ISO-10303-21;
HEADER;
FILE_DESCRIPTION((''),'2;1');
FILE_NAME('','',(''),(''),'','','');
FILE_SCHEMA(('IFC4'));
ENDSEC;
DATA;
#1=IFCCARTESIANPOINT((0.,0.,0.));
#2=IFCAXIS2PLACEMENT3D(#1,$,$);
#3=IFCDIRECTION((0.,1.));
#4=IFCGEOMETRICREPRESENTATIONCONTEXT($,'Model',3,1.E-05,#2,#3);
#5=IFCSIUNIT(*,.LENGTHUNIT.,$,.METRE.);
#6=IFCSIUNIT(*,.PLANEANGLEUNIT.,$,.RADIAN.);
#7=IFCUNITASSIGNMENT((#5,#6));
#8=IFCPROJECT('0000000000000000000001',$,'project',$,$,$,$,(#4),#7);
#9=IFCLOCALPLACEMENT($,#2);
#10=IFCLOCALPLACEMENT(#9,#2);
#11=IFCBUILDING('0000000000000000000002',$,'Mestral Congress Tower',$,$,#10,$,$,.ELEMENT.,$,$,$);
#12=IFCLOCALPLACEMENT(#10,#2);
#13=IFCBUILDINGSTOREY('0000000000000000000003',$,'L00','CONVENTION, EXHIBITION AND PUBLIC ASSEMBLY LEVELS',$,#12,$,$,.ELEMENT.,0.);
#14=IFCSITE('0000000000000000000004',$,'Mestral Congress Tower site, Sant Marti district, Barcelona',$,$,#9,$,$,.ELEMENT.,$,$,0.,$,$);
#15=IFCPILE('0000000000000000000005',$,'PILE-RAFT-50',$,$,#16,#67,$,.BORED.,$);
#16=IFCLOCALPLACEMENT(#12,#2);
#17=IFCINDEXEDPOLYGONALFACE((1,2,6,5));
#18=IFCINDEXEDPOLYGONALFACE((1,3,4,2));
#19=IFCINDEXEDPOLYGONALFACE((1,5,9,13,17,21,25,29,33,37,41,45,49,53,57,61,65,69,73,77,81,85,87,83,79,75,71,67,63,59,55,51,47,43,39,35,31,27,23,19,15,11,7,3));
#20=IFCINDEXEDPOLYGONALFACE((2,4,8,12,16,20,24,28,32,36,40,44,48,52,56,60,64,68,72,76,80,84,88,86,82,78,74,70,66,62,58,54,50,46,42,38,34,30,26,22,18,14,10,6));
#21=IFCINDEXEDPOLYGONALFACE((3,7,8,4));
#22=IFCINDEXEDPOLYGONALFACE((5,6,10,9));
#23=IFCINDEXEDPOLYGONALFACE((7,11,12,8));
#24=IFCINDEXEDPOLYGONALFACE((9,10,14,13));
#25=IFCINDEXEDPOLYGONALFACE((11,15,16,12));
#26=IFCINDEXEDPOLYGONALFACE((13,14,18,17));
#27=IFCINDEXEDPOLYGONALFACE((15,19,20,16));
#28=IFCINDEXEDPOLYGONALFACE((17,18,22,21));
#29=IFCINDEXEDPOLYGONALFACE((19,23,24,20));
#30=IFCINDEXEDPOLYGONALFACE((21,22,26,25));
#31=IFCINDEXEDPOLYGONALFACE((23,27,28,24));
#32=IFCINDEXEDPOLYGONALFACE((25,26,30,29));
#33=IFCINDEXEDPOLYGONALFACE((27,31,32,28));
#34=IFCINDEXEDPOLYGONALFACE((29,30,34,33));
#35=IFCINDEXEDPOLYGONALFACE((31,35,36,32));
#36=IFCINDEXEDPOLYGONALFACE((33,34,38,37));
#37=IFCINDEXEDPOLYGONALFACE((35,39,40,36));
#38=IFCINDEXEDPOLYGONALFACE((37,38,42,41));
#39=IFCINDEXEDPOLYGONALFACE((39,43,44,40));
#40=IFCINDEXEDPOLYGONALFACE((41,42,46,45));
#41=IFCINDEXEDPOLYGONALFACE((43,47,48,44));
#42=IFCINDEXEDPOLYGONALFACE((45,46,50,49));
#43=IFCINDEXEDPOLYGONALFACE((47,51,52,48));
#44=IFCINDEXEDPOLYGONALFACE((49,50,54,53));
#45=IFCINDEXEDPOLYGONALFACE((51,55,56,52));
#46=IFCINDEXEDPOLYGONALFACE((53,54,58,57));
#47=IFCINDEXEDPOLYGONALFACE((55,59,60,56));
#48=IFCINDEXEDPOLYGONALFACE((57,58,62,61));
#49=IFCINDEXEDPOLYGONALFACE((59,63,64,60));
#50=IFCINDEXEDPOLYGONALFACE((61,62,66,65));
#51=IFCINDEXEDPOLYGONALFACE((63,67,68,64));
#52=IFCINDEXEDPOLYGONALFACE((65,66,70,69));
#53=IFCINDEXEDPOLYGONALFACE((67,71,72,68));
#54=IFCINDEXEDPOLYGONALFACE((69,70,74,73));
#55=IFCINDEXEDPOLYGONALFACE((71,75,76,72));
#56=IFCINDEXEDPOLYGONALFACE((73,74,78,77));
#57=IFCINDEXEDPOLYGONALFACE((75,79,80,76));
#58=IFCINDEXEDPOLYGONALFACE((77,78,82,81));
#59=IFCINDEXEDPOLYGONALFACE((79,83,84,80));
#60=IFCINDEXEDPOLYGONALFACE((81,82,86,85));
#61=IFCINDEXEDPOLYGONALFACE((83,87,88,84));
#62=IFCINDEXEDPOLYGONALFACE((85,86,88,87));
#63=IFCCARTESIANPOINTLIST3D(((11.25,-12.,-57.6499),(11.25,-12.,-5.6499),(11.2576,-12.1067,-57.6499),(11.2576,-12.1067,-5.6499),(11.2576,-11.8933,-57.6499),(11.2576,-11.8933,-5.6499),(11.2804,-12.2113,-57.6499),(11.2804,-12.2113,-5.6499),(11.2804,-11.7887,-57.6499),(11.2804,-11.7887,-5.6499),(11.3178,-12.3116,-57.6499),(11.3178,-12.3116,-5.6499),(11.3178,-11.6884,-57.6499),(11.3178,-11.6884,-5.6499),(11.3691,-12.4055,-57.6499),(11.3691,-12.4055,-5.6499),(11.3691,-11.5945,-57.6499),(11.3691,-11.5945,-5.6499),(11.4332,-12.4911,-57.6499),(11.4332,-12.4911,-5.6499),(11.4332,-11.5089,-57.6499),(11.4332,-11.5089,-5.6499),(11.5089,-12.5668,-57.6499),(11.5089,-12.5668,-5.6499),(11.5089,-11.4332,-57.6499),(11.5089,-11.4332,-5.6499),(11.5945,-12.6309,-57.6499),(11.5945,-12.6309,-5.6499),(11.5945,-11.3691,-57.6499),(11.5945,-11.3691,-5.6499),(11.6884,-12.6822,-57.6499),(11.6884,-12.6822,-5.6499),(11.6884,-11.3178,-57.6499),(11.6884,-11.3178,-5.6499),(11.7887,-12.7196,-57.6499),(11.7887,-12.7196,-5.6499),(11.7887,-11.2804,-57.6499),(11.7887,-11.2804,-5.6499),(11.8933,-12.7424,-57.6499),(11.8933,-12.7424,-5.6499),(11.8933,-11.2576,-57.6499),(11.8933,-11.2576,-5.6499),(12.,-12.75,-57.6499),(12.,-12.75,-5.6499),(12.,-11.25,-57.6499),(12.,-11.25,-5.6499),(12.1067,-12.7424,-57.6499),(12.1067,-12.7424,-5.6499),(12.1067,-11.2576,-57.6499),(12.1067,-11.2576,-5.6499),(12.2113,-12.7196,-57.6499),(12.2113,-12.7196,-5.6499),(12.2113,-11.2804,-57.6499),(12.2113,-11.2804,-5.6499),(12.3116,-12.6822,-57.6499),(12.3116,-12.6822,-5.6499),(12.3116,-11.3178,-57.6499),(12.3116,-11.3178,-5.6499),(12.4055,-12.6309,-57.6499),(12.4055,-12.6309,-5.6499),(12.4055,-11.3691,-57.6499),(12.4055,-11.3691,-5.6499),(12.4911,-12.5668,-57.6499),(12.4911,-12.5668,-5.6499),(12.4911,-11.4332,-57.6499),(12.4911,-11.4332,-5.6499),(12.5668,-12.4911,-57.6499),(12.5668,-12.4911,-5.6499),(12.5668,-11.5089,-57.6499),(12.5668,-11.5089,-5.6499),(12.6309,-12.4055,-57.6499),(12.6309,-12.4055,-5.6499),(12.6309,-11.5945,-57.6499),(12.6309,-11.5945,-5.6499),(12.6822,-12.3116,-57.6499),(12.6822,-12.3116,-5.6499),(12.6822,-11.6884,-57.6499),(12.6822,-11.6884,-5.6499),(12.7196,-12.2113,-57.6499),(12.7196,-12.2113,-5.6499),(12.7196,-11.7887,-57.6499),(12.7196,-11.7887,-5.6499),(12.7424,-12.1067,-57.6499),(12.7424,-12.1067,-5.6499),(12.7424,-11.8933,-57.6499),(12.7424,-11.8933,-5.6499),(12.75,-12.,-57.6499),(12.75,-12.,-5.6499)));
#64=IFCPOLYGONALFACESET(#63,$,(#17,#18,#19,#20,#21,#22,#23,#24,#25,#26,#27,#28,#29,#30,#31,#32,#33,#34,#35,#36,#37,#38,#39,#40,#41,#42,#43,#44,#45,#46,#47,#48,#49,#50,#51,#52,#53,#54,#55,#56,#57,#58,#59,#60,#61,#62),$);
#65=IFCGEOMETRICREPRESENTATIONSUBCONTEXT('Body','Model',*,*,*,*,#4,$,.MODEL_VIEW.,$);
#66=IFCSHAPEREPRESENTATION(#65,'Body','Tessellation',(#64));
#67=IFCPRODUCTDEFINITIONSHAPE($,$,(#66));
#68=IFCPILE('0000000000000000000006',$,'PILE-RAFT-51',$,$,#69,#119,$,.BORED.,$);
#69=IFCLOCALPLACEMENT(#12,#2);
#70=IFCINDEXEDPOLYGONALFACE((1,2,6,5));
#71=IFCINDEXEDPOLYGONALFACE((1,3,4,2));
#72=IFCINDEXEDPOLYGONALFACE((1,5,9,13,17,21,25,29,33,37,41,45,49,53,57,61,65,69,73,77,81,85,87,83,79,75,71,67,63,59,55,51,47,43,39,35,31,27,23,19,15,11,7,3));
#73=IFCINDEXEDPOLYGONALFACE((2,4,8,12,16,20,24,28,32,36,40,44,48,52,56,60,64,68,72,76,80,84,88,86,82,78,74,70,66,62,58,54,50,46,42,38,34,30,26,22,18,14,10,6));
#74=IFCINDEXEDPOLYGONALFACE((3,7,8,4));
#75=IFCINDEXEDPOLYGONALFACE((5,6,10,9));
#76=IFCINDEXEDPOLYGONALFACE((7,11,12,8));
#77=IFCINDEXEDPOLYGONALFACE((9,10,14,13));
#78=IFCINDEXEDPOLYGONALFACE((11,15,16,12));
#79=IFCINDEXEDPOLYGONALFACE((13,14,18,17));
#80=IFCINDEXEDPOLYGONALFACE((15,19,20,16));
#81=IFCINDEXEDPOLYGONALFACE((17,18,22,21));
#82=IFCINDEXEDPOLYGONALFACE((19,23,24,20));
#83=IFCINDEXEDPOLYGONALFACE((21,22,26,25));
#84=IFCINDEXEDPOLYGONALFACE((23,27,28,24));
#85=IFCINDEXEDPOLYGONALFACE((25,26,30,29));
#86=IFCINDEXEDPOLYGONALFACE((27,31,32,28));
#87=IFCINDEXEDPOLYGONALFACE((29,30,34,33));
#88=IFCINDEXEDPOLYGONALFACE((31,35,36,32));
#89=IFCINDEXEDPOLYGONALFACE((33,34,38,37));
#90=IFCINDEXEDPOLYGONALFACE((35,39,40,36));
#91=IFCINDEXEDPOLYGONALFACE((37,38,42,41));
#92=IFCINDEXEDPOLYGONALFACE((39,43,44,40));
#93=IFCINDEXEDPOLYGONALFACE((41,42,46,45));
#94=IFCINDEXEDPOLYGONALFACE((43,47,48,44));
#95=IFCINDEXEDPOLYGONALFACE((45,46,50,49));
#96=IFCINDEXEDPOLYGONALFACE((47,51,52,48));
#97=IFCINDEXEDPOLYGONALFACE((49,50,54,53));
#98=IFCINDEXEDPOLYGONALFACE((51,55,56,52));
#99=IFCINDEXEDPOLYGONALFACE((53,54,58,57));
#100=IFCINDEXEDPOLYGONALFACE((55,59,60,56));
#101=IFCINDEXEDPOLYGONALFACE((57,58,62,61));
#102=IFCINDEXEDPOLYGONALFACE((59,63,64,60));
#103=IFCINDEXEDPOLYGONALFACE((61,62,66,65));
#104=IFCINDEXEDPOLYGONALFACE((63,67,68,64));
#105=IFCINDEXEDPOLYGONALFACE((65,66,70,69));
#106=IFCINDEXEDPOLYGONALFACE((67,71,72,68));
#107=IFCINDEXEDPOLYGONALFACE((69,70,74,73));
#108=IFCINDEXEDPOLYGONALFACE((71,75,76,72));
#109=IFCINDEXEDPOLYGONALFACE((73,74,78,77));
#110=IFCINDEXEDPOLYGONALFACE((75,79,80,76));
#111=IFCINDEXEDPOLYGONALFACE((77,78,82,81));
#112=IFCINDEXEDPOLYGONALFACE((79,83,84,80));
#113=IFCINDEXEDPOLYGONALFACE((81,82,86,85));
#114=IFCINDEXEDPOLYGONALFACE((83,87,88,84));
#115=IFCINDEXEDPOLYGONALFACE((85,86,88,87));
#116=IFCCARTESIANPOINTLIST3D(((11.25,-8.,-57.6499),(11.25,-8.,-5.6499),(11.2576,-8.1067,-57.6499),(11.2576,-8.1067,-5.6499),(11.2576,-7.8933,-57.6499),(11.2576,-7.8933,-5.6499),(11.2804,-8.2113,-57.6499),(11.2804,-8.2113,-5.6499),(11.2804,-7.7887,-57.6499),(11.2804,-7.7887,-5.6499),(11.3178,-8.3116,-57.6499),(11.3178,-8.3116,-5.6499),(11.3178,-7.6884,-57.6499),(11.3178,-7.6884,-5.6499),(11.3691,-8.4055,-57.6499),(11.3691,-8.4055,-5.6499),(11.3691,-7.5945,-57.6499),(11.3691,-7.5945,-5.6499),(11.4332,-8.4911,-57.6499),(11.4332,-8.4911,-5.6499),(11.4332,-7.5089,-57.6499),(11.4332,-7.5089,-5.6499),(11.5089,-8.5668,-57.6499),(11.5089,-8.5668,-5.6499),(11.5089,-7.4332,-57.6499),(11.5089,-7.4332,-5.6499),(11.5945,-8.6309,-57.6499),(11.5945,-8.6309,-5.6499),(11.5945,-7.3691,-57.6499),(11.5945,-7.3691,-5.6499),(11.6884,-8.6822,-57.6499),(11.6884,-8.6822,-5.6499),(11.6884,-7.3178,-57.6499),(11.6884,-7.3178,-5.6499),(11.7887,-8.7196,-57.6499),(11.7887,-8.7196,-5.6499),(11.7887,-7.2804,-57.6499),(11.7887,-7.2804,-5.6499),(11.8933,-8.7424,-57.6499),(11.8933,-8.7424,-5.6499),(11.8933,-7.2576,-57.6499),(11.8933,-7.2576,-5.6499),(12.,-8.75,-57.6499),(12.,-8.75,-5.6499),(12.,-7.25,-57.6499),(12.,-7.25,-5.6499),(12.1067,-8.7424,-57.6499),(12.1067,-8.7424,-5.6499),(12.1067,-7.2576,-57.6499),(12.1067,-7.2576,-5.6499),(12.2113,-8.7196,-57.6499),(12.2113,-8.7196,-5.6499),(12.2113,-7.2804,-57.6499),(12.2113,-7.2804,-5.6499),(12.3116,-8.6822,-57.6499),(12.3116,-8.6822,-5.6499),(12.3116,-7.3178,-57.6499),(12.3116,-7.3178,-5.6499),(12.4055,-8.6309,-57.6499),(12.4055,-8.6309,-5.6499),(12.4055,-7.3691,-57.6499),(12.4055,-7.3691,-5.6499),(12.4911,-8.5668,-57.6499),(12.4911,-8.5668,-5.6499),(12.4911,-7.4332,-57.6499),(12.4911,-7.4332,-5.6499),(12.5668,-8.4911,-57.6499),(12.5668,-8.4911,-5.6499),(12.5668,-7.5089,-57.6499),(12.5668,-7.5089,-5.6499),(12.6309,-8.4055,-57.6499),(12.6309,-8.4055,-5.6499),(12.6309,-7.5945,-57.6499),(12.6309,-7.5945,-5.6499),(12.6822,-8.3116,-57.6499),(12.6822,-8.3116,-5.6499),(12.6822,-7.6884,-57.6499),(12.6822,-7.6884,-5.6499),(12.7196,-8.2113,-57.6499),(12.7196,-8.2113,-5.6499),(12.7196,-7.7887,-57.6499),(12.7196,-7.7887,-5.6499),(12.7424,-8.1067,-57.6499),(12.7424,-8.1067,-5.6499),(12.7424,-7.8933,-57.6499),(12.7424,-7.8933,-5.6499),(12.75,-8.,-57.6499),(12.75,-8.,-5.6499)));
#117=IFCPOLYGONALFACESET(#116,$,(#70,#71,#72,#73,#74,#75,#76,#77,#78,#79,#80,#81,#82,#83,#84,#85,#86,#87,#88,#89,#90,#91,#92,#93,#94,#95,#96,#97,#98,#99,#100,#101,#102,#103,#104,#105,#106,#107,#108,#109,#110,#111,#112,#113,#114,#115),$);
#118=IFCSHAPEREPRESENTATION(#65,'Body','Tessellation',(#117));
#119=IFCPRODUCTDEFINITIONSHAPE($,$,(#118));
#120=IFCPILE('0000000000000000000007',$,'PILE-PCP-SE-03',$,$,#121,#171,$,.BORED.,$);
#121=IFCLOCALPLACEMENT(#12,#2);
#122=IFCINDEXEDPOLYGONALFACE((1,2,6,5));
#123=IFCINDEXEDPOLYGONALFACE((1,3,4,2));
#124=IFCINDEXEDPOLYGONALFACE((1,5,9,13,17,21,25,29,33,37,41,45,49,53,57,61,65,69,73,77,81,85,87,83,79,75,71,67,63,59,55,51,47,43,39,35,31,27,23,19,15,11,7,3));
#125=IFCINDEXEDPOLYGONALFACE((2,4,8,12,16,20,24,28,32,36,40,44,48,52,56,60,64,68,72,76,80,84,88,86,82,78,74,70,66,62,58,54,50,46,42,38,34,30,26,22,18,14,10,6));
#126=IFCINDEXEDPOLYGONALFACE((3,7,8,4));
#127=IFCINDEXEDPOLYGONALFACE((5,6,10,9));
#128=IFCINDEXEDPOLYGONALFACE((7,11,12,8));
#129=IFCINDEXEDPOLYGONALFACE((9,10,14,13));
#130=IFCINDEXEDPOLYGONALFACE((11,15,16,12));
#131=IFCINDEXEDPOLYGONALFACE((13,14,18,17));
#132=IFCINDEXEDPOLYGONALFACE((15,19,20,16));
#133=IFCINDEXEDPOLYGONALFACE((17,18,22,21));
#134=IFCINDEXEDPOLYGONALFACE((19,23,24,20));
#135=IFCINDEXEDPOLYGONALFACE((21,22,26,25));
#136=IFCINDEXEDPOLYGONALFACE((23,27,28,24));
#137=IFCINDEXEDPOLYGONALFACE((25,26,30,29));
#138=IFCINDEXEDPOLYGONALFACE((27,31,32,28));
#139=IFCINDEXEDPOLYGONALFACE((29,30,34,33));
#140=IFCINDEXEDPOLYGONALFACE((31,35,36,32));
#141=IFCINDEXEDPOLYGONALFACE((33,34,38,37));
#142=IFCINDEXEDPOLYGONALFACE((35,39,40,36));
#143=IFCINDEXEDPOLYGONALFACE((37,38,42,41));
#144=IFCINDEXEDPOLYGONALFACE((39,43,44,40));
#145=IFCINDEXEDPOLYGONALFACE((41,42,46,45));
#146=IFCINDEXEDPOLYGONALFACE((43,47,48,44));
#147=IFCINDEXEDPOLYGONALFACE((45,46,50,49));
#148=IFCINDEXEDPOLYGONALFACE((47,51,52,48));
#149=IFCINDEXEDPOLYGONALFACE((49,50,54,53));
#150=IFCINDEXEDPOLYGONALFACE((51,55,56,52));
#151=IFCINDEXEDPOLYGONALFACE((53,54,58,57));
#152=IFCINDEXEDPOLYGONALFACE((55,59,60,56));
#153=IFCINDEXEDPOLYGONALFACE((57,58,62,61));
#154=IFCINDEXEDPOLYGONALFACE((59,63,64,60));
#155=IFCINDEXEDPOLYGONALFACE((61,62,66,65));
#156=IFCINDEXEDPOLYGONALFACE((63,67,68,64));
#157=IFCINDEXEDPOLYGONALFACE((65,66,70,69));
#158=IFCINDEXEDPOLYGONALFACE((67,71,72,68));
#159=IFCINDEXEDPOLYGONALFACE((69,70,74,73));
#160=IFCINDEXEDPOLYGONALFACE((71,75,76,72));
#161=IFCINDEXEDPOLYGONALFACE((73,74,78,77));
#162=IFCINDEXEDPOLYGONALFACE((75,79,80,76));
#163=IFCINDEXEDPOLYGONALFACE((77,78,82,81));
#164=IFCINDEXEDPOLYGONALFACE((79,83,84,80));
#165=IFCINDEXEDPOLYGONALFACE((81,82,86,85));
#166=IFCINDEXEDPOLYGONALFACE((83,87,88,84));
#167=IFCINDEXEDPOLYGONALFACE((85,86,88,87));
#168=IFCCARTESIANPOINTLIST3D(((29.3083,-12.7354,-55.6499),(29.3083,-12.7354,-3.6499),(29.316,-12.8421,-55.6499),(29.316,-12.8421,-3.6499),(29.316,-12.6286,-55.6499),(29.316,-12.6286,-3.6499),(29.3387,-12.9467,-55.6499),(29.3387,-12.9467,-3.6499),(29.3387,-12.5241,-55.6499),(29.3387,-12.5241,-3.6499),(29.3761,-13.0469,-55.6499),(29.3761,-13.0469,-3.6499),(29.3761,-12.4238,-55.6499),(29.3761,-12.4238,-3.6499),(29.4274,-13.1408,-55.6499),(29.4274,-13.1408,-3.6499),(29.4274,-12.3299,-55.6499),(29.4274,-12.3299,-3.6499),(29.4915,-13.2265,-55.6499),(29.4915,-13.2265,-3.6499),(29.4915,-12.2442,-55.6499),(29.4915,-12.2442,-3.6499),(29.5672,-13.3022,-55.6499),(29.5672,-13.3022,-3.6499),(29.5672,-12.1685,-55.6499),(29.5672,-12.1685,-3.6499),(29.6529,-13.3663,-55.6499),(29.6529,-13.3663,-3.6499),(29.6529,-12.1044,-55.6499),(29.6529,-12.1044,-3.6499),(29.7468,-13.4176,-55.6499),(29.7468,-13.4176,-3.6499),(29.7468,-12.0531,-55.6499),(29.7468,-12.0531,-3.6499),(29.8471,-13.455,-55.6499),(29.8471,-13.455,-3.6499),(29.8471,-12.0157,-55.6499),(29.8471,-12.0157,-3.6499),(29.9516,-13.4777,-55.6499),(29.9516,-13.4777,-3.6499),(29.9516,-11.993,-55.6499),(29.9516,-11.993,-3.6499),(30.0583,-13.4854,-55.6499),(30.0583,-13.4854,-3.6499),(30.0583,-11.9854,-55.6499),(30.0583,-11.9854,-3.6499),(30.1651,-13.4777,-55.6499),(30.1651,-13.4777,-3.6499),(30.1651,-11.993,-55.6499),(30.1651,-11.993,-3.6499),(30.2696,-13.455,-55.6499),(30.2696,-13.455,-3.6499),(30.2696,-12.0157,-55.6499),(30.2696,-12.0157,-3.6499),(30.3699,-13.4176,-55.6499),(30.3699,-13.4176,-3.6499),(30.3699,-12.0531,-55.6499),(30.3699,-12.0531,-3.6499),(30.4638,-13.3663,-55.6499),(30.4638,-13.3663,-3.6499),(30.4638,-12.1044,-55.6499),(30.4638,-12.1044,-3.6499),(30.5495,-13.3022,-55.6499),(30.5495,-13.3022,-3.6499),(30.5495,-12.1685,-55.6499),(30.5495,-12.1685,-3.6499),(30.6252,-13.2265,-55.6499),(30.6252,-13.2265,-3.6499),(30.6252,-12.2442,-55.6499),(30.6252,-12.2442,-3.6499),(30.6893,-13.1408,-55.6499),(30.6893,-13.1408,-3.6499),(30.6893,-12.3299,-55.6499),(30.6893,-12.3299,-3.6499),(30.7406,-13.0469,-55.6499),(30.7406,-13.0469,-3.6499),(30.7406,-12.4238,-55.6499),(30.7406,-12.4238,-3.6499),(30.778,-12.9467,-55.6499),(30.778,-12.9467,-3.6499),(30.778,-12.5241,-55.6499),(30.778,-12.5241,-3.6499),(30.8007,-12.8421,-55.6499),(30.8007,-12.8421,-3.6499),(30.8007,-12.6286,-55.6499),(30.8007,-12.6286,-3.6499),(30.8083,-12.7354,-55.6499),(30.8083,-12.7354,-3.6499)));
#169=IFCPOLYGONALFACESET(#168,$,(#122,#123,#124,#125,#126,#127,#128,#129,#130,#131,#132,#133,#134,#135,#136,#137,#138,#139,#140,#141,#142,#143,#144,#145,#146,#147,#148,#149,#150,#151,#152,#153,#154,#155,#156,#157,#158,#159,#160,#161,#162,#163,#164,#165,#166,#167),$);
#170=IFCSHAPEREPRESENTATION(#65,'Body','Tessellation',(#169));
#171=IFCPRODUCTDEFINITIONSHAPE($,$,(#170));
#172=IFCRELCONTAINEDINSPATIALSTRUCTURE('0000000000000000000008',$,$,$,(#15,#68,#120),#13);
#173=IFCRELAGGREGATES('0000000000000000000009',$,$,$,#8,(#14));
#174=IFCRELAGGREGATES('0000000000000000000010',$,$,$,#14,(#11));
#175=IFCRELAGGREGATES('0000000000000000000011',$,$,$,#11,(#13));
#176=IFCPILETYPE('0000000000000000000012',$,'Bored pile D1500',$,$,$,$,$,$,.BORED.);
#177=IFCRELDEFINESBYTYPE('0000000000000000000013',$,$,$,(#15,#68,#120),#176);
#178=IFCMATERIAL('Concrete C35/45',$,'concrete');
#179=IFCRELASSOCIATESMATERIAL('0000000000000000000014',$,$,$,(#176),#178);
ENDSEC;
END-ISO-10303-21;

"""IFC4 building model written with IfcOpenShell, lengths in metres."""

from ifc_helpers import new_model, si_unit, direction, frame, origin, origin_2d, place, context, subcontext, project, spatial, circle, extrude, material, material_profile, profile_set, type_object, element, save


model = new_model("IFC4")

# Units and contexts
model_context = context("Model", 3, precision=1e-05, world=origin(), true_north=direction((0.0, 1.0)))
body_context = subcontext(model_context, "Body", "Model", "MODEL_VIEW")
ifc_project = project(units=[si_unit("LENGTHUNIT", "METRE"), si_unit("PLANEANGLEUNIT", "RADIAN")], contexts=[model_context])

# Site, building, storey
site_placement = place(None, origin())
site = spatial("IfcSite", under=ifc_project, at=site_placement, Name="Mestral Congress Tower site, Sant Marti district, Barcelona", CompositionType="ELEMENT", RefElevation=0.0)
building_placement = place(site_placement, origin())
building = spatial("IfcBuilding", under=site, at=building_placement, Name="Mestral Congress Tower", CompositionType="ELEMENT")
storey_placement = place(building_placement, origin())
storey = spatial("IfcBuildingStorey", under=building, at=storey_placement, Name="L00", Description="CONVENTION, EXHIBITION AND PUBLIC ASSEMBLY LEVELS", CompositionType="ELEMENT", Elevation=0.0)

# Piles
ifc_material_1 = material(Name="Concrete C35/45", Category="concrete")
ifc_material_profile_1 = material_profile(ifc_material_1, circle(Radius=0.75, at=origin_2d()), Name="D1500")
ifc_profile_set_1 = profile_set([ifc_material_profile_1], Name="Concrete C35/45")
pile_type_1 = type_object("IfcPileType", Name="Bored pile D1500", PredefinedType="BORED", material=ifc_profile_set_1)
for number, where, z_axis, x_axis, name in (
    (1, (12.0, -12.0, -5.6499), (0.0, 0.0, -1.0), (1.0, 0.0, 0.0), "PILE-RAFT-50"),
    (2, (12.0, -8.0, -5.6499), (0.0, 0.0, -1.0), (1.0, 0.0, 0.0), "PILE-RAFT-51"),
    (3, (30.0583, -12.7354, -3.6499), (0.0, 0.0, -1.0), (1.0, 0.0, 0.0), "PILE-PCP-SE-03"),
):
    element("IfcPile", number, at=place(storey_placement, frame(where, z_axis=z_axis, x_axis=x_axis)), inside=storey, type_object=pile_type_1, Name=name, PredefinedType="BORED", context=body_context, shape_type="SweptSolid", body=[
        extrude(circle(Radius=0.75, at=origin_2d()), origin(), (0.0, 0.0, 1.0), 52.0),
    ])

save(model, "model.ifc")
